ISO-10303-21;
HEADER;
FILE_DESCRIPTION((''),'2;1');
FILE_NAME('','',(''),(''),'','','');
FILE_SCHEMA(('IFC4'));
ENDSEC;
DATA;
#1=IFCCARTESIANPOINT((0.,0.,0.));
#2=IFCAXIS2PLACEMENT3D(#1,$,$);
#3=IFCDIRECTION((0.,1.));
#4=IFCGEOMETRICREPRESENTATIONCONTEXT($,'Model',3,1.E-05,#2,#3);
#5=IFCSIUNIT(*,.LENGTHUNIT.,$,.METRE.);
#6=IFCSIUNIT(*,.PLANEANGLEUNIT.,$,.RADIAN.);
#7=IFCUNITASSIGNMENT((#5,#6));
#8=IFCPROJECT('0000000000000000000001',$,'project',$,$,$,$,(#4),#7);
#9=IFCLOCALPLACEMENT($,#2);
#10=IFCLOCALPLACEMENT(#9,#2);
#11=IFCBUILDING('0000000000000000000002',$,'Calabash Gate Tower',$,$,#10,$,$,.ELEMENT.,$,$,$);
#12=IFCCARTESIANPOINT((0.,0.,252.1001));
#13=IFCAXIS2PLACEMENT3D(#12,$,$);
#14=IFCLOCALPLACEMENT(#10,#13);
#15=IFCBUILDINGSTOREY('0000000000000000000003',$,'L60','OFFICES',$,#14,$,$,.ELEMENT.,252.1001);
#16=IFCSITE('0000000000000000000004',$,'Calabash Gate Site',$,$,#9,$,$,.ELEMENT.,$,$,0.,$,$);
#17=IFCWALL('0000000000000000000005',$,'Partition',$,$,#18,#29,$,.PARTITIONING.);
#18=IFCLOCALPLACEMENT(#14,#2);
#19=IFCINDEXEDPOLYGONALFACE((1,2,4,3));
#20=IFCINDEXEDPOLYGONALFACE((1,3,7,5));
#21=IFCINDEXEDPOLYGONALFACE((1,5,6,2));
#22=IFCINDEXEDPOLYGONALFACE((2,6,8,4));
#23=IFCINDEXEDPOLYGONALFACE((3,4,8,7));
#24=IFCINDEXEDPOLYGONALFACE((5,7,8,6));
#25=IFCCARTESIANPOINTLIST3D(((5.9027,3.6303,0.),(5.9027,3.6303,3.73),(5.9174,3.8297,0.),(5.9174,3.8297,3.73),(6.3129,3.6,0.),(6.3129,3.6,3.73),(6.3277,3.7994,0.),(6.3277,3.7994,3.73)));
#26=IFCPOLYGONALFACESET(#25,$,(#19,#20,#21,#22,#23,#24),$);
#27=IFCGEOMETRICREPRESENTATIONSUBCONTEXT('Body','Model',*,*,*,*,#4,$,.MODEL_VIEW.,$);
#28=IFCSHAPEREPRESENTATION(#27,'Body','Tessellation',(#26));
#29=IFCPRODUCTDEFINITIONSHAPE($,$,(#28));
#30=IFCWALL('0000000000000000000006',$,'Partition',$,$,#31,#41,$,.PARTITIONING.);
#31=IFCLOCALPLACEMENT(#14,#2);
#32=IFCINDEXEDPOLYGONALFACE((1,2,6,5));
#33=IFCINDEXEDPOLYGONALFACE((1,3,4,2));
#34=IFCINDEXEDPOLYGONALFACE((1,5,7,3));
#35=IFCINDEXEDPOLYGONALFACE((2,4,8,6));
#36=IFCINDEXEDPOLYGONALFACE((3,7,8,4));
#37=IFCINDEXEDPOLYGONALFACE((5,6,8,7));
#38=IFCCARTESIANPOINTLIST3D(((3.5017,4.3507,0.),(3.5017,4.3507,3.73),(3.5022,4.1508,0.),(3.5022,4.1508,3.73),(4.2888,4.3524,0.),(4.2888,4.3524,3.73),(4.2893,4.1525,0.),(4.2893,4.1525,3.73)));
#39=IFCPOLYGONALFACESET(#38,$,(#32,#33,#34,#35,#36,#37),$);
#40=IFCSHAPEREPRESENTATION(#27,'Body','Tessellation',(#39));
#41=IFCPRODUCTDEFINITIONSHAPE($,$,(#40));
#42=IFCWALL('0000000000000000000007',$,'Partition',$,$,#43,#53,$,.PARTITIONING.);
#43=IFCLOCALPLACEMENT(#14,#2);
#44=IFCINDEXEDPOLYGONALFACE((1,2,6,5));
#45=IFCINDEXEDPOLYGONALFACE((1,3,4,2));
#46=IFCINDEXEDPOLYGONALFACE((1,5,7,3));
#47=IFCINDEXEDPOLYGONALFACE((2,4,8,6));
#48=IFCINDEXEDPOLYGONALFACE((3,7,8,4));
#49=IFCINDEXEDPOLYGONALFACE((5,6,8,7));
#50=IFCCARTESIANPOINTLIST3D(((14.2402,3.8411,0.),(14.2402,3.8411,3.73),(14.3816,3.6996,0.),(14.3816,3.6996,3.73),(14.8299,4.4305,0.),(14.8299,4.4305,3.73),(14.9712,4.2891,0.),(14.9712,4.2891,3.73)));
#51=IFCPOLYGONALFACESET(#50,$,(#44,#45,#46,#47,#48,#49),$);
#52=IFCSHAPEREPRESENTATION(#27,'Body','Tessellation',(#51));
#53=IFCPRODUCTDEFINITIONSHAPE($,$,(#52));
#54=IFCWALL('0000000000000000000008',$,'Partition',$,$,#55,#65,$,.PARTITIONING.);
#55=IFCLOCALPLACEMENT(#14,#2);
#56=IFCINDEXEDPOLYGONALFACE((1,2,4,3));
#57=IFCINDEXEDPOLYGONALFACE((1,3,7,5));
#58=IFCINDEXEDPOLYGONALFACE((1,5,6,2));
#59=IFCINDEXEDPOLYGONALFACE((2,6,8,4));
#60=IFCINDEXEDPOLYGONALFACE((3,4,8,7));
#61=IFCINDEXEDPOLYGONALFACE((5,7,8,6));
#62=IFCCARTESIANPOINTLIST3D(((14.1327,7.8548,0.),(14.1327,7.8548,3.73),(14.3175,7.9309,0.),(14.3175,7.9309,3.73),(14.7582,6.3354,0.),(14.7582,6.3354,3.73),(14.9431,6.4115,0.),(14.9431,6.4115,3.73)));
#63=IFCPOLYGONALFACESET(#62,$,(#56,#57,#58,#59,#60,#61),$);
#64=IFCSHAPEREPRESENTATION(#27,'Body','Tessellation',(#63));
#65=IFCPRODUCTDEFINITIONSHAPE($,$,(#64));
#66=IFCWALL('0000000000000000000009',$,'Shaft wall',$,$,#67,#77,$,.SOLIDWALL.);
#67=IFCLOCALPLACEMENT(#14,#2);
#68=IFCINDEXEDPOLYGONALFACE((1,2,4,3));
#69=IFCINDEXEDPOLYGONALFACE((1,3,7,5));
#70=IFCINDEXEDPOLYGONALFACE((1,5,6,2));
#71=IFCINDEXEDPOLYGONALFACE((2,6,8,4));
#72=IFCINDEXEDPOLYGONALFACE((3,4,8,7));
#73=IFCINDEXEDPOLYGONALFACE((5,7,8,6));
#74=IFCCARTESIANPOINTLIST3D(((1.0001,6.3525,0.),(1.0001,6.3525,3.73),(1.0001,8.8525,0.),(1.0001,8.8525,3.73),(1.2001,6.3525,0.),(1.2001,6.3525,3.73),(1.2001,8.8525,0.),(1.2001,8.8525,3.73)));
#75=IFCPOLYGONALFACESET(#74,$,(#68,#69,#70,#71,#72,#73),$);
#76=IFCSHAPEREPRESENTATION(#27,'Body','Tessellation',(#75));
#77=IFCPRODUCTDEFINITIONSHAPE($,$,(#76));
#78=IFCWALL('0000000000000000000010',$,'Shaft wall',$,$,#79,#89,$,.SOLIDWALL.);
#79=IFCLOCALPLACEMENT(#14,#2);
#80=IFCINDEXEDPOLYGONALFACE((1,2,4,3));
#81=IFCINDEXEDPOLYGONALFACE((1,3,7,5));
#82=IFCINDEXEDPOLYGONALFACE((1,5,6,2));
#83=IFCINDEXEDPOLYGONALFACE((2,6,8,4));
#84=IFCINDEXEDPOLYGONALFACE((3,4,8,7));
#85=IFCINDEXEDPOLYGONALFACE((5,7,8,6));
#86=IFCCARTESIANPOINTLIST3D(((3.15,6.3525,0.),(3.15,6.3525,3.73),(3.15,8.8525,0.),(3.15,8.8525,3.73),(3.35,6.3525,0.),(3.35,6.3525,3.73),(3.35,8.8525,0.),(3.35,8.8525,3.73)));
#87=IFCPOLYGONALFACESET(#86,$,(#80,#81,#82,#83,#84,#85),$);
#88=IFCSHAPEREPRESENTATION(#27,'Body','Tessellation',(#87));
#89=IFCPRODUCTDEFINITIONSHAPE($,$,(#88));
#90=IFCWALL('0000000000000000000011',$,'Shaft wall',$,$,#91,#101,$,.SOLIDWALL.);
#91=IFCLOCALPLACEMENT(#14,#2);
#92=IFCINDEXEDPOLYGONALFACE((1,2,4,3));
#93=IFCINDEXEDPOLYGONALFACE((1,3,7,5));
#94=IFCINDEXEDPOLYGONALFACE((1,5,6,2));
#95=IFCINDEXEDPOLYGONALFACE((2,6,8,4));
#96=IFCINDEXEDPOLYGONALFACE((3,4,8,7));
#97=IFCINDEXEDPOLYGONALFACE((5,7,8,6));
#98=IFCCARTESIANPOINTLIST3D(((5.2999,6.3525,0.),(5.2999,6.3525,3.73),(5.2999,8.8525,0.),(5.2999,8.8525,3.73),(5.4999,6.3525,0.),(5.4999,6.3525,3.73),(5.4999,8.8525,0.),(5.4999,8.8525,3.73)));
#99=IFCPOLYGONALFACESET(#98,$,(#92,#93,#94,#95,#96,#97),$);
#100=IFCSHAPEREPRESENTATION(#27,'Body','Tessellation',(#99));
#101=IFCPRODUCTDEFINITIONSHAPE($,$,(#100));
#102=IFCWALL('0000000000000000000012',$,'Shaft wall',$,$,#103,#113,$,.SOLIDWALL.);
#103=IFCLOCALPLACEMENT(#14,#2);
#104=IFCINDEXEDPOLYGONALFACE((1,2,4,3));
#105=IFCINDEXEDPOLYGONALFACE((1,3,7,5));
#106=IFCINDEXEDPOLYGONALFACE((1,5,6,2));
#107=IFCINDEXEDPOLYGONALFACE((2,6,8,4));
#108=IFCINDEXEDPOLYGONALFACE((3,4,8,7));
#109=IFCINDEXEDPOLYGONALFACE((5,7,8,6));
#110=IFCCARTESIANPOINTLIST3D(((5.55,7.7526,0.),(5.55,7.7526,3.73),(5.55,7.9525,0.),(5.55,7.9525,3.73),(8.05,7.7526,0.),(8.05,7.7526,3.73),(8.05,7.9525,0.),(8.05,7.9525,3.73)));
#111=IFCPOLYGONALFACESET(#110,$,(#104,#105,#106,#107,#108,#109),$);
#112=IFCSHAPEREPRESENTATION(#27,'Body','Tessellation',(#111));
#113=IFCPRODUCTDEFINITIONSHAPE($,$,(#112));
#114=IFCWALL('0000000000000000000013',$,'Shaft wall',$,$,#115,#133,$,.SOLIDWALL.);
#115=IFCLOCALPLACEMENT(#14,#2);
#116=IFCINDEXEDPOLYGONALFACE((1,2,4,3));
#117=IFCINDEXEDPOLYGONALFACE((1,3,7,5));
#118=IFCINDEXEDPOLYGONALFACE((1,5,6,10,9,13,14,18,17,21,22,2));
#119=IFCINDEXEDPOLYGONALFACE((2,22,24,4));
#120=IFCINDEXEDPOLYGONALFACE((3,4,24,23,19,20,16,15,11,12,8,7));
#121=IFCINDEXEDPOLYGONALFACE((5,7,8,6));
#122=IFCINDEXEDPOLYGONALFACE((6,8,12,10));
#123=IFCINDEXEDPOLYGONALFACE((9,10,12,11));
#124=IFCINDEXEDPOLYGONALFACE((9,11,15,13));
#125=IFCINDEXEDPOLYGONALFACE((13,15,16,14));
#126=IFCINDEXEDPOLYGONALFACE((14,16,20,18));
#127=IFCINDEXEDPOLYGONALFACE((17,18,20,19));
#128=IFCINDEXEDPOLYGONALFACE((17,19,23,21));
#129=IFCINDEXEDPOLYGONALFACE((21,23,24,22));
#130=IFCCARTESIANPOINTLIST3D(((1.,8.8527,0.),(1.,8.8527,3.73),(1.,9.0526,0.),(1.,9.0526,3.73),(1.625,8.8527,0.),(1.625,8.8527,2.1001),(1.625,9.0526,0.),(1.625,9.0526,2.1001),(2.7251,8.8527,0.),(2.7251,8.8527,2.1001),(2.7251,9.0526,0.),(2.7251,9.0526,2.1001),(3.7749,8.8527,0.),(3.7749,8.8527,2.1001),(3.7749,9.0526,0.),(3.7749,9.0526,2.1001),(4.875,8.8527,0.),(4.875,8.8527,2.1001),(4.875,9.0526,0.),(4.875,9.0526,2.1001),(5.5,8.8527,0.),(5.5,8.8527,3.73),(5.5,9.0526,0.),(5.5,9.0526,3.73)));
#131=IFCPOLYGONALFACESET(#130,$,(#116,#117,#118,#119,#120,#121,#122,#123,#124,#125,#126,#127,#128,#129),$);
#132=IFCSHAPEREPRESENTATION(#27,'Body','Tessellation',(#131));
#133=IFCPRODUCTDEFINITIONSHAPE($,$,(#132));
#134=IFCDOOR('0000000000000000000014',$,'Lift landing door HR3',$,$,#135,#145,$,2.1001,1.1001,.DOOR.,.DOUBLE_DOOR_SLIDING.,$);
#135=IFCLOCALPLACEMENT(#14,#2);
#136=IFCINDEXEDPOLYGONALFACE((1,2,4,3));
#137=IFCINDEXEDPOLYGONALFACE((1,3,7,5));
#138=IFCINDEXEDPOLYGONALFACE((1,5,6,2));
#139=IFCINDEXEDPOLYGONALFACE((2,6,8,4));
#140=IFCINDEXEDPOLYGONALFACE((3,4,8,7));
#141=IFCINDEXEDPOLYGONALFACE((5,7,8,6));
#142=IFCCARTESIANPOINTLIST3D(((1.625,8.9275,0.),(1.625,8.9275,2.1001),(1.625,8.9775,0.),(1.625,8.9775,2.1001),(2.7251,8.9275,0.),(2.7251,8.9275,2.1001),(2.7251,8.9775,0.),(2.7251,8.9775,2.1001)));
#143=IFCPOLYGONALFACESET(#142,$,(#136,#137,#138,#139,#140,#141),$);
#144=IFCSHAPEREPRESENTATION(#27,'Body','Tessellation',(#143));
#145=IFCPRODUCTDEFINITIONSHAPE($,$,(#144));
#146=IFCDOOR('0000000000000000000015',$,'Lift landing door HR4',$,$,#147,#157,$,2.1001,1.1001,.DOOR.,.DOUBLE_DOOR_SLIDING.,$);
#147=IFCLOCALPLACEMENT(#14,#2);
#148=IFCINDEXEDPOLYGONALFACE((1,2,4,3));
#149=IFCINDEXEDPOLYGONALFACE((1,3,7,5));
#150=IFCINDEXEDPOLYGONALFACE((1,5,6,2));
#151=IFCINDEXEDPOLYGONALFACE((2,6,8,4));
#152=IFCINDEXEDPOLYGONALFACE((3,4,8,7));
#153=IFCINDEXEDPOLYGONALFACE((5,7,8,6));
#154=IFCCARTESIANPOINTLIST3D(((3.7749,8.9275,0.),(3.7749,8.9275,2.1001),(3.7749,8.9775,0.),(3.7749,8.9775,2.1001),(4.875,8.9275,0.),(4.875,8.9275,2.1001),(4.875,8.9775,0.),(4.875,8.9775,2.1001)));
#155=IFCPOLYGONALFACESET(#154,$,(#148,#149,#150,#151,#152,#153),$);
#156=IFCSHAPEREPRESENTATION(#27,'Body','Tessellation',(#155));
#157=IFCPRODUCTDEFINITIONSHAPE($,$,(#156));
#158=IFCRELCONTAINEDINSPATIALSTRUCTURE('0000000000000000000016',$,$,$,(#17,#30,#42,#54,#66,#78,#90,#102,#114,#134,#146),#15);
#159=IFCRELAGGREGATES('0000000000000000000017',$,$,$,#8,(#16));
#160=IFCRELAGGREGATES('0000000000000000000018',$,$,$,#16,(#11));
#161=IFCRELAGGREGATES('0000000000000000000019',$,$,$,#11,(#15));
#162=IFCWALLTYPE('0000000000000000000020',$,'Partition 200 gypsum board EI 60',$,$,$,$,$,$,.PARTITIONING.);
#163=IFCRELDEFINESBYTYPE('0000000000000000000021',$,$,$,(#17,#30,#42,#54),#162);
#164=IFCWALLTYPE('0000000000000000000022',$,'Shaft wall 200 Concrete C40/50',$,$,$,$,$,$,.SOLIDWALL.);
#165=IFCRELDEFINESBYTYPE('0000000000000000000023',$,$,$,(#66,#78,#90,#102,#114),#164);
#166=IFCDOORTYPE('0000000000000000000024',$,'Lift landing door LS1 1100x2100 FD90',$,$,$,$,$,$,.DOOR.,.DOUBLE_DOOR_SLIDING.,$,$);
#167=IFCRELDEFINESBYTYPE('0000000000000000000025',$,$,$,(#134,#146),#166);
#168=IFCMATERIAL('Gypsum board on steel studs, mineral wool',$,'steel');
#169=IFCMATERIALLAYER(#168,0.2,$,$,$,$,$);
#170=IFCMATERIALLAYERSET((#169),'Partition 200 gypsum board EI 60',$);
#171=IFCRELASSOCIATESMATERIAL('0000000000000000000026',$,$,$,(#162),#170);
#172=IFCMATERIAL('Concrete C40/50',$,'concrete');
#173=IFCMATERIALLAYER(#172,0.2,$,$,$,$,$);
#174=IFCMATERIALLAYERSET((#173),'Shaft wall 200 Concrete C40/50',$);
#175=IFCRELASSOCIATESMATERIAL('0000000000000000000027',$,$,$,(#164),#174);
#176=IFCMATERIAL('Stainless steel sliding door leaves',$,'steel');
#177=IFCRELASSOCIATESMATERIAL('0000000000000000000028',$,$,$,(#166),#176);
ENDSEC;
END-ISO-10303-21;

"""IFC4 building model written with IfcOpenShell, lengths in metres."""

from ifc_helpers import new_model, si_unit, direction, frame, frame_2d, origin, place, context, subcontext, project, spatial, rectangle, extrude, material, layer, layer_set, type_object, element, fill, save


model = new_model("IFC4")

# Units and contexts
model_context = context("Model", 3, precision=1e-05, world=origin(), true_north=direction((0.0, 1.0)))
body_context = subcontext(model_context, "Body", "Model", "MODEL_VIEW")
ifc_project = project(units=[si_unit("LENGTHUNIT", "METRE"), si_unit("PLANEANGLEUNIT", "RADIAN")], contexts=[model_context])

# Site, building, storey
site_placement = place(None, origin())
site = spatial("IfcSite", under=ifc_project, at=site_placement, Name="Calabash Gate Site", CompositionType="ELEMENT", RefElevation=0.0)
building_placement = place(site_placement, origin())
building = spatial("IfcBuilding", under=site, at=building_placement, Name="Calabash Gate Tower", CompositionType="ELEMENT")
storey_placement = place(building_placement, frame((0.0, 0.0, 252.1001)))
storey = spatial("IfcBuildingStorey", under=building, at=storey_placement, Name="L60", Description="OFFICES", CompositionType="ELEMENT", Elevation=252.1001)

# Shared definitions
ifc_material_1 = material(Name="Gypsum board on steel studs, mineral wool", Category="steel")
ifc_layer_1 = layer(ifc_material_1, 0.2)
ifc_layer_set_1 = layer_set([ifc_layer_1], Name="Partition 200 gypsum board EI 60")
wall_type_1 = type_object("IfcWallType", Name="Partition 200 gypsum board EI 60", PredefinedType="PARTITIONING", material=ifc_layer_set_1)

# Walls
wall_1_placement = place(storey_placement, frame((5.9102, 3.73, 0.0), z_axis=(0.0, 0.0, 1.0), x_axis=(0.997287, -0.073609, 0.0)))
element("IfcWall", 1, at=wall_1_placement, inside=storey, type_object=wall_type_1, Name="Partition", PredefinedType="PARTITIONING", context=body_context, shape_type="SweptSolid", body=[
    extrude(rectangle(XDim=0.4114, YDim=0.2, at=frame_2d((0.2056, 0.0))), origin(), (0.0, 0.0, 1.0), 3.73),
])
wall_2_placement = place(storey_placement, frame((3.502, 4.2507, 0.0), z_axis=(0.0, 0.0, 1.0), x_axis=(0.999998, 0.002171, 0.0)))
element("IfcWall", 2, at=wall_2_placement, inside=storey, type_object=wall_type_1, Name="Partition", PredefinedType="PARTITIONING", context=body_context, shape_type="SweptSolid", body=[
    extrude(rectangle(XDim=0.7871, YDim=0.2, at=frame_2d((0.3936, 0.0))), origin(), (0.0, 0.0, 1.0), 3.73),
])
wall_3_placement = place(storey_placement, frame((14.3108, 3.7703, 0.0), z_axis=(0.0, 0.0, 1.0), x_axis=(0.707253, 0.70696, 0.0)))
element("IfcWall", 3, at=wall_3_placement, inside=storey, type_object=wall_type_1, Name="Partition", PredefinedType="PARTITIONING", context=body_context, shape_type="SweptSolid", body=[
    extrude(rectangle(XDim=0.8337, YDim=0.2, at=frame_2d((0.417, 0.0))), origin(), (0.0, 0.0, 1.0), 3.73),
])
wall_4_placement = place(storey_placement, frame((14.2251, 7.8928, 0.0), z_axis=(0.0, 0.0, 1.0), x_axis=(0.380697, -0.9247, 0.0)))
element("IfcWall", 4, at=wall_4_placement, inside=storey, type_object=wall_type_1, Name="Partition", PredefinedType="PARTITIONING", context=body_context, shape_type="SweptSolid", body=[
    extrude(rectangle(XDim=1.6431, YDim=0.2, at=frame_2d((0.8215, 0.0))), origin(), (0.0, 0.0, 1.0), 3.73),
])

# Walls
ifc_material_2 = material(Name="Concrete C40/50", Category="concrete")
ifc_layer_2 = layer(ifc_material_2, 0.2)
ifc_layer_set_2 = layer_set([ifc_layer_2], Name="Shaft wall 200 Concrete C40/50")
wall_type_2 = type_object("IfcWallType", Name="Shaft wall 200 Concrete C40/50", PredefinedType="SOLIDWALL", material=ifc_layer_set_2)
for number, where, z_axis, x_axis, name in (
    (5, (1.1001, 6.3525, 0.0), (0.0, 0.0, 1.0), (0.0, 1.0, 0.0), "Shaft wall"),
    (6, (3.25, 6.3525, 0.0), (0.0, 0.0, 1.0), (0.0, 1.0, 0.0), "Shaft wall"),
    (7, (5.3999, 6.3525, 0.0), (0.0, 0.0, 1.0), (0.0, 1.0, 0.0), "Shaft wall"),
    (8, (5.55, 7.8525, 0.0), (0.0, 0.0, 1.0), (1.0, 0.0, 0.0), "Shaft wall"),
):
    element("IfcWall", number, at=place(storey_placement, frame(where, z_axis=z_axis, x_axis=x_axis)), inside=storey, type_object=wall_type_2, Name=name, PredefinedType="SOLIDWALL", context=body_context, shape_type="SweptSolid", body=[
        extrude(rectangle(XDim=2.5, YDim=0.2, at=frame_2d((1.25, 0.0))), origin(), (0.0, 0.0, 1.0), 3.73),
    ])

# Wall, openings, doors
wall_5_placement = place(storey_placement, frame((1.0, 8.9526, 0.0), z_axis=(0.0, 0.0, 1.0), x_axis=(1.0, 0.0, 0.0)))
wall_5 = element("IfcWall", 9, at=wall_5_placement, inside=storey, type_object=wall_type_2, Name="Shaft wall", PredefinedType="SOLIDWALL", context=body_context, shape_type="SweptSolid", body=[
    extrude(rectangle(XDim=4.5, YDim=0.2, at=frame_2d((2.25, 0.0))), origin(), (0.0, 0.0, 1.0), 3.73),
])
opening_1_placement = place(wall_5_placement, frame((0.625, 0.0, 0.0)))
opening_1 = element("IfcOpeningElement", 10, at=opening_1_placement, cuts=wall_5, PredefinedType="OPENING", context=body_context, shape_type="SweptSolid", body=[
    extrude(rectangle(XDim=1.1001, YDim=2.1001, at=frame_2d((0.55, 1.05))), frame((0.0, 0.1099, 0.0), z_axis=(0.0, -1.0, 0.0), x_axis=(1.0, 0.0, 0.0)), (0.0, 0.0, 1.0), 0.22),
])
opening_2_placement = place(wall_5_placement, frame((2.7749, 0.0, 0.0)))
opening_2 = element("IfcOpeningElement", 11, at=opening_2_placement, cuts=wall_5, PredefinedType="OPENING", context=body_context, shape_type="SweptSolid", body=[
    extrude(rectangle(XDim=1.1001, YDim=2.1001, at=frame_2d((0.55, 1.05))), frame((0.0, 0.1099, 0.0), z_axis=(0.0, -1.0, 0.0), x_axis=(1.0, 0.0, 0.0)), (0.0, 0.0, 1.0), 0.22),
])
ifc_material_3 = material(Name="Stainless steel sliding door leaves", Category="steel")
door_type_1 = type_object("IfcDoorType", Name="Lift landing door LS1 1100x2100 FD90", OperationType="DOUBLE_DOOR_SLIDING", PredefinedType="DOOR", material=ifc_material_3)
door_1_placement = place(opening_1_placement, origin())
door_1 = element("IfcDoor", 12, at=door_1_placement, inside=storey, type_object=door_type_1, Name="Lift landing door HR3", OperationType="DOUBLE_DOOR_SLIDING", OverallHeight=2.1001, OverallWidth=1.1001, PredefinedType="DOOR", context=body_context, shape_type="SweptSolid", body=[
    extrude(rectangle(XDim=1.1001, YDim=2.1001, at=frame_2d((0.55, 1.05))), frame((0.0, 0.0249, 0.0), z_axis=(0.0, -1.0, 0.0), x_axis=(1.0, 0.0, 0.0)), (0.0, 0.0, 1.0), 0.05),
])
fill(opening_1, door_1)
door_2_placement = place(opening_2_placement, origin())
door_2 = element("IfcDoor", 13, at=door_2_placement, inside=storey, type_object=door_type_1, Name="Lift landing door HR4", OperationType="DOUBLE_DOOR_SLIDING", OverallHeight=2.1001, OverallWidth=1.1001, PredefinedType="DOOR", context=body_context, shape_type="SweptSolid", body=[
    extrude(rectangle(XDim=1.1001, YDim=2.1001, at=frame_2d((0.55, 1.05))), frame((0.0, 0.0249, 0.0), z_axis=(0.0, -1.0, 0.0), x_axis=(1.0, 0.0, 0.0)), (0.0, 0.0, 1.0), 0.05),
])
fill(opening_2, door_2)

save(model, "model.ifc")
